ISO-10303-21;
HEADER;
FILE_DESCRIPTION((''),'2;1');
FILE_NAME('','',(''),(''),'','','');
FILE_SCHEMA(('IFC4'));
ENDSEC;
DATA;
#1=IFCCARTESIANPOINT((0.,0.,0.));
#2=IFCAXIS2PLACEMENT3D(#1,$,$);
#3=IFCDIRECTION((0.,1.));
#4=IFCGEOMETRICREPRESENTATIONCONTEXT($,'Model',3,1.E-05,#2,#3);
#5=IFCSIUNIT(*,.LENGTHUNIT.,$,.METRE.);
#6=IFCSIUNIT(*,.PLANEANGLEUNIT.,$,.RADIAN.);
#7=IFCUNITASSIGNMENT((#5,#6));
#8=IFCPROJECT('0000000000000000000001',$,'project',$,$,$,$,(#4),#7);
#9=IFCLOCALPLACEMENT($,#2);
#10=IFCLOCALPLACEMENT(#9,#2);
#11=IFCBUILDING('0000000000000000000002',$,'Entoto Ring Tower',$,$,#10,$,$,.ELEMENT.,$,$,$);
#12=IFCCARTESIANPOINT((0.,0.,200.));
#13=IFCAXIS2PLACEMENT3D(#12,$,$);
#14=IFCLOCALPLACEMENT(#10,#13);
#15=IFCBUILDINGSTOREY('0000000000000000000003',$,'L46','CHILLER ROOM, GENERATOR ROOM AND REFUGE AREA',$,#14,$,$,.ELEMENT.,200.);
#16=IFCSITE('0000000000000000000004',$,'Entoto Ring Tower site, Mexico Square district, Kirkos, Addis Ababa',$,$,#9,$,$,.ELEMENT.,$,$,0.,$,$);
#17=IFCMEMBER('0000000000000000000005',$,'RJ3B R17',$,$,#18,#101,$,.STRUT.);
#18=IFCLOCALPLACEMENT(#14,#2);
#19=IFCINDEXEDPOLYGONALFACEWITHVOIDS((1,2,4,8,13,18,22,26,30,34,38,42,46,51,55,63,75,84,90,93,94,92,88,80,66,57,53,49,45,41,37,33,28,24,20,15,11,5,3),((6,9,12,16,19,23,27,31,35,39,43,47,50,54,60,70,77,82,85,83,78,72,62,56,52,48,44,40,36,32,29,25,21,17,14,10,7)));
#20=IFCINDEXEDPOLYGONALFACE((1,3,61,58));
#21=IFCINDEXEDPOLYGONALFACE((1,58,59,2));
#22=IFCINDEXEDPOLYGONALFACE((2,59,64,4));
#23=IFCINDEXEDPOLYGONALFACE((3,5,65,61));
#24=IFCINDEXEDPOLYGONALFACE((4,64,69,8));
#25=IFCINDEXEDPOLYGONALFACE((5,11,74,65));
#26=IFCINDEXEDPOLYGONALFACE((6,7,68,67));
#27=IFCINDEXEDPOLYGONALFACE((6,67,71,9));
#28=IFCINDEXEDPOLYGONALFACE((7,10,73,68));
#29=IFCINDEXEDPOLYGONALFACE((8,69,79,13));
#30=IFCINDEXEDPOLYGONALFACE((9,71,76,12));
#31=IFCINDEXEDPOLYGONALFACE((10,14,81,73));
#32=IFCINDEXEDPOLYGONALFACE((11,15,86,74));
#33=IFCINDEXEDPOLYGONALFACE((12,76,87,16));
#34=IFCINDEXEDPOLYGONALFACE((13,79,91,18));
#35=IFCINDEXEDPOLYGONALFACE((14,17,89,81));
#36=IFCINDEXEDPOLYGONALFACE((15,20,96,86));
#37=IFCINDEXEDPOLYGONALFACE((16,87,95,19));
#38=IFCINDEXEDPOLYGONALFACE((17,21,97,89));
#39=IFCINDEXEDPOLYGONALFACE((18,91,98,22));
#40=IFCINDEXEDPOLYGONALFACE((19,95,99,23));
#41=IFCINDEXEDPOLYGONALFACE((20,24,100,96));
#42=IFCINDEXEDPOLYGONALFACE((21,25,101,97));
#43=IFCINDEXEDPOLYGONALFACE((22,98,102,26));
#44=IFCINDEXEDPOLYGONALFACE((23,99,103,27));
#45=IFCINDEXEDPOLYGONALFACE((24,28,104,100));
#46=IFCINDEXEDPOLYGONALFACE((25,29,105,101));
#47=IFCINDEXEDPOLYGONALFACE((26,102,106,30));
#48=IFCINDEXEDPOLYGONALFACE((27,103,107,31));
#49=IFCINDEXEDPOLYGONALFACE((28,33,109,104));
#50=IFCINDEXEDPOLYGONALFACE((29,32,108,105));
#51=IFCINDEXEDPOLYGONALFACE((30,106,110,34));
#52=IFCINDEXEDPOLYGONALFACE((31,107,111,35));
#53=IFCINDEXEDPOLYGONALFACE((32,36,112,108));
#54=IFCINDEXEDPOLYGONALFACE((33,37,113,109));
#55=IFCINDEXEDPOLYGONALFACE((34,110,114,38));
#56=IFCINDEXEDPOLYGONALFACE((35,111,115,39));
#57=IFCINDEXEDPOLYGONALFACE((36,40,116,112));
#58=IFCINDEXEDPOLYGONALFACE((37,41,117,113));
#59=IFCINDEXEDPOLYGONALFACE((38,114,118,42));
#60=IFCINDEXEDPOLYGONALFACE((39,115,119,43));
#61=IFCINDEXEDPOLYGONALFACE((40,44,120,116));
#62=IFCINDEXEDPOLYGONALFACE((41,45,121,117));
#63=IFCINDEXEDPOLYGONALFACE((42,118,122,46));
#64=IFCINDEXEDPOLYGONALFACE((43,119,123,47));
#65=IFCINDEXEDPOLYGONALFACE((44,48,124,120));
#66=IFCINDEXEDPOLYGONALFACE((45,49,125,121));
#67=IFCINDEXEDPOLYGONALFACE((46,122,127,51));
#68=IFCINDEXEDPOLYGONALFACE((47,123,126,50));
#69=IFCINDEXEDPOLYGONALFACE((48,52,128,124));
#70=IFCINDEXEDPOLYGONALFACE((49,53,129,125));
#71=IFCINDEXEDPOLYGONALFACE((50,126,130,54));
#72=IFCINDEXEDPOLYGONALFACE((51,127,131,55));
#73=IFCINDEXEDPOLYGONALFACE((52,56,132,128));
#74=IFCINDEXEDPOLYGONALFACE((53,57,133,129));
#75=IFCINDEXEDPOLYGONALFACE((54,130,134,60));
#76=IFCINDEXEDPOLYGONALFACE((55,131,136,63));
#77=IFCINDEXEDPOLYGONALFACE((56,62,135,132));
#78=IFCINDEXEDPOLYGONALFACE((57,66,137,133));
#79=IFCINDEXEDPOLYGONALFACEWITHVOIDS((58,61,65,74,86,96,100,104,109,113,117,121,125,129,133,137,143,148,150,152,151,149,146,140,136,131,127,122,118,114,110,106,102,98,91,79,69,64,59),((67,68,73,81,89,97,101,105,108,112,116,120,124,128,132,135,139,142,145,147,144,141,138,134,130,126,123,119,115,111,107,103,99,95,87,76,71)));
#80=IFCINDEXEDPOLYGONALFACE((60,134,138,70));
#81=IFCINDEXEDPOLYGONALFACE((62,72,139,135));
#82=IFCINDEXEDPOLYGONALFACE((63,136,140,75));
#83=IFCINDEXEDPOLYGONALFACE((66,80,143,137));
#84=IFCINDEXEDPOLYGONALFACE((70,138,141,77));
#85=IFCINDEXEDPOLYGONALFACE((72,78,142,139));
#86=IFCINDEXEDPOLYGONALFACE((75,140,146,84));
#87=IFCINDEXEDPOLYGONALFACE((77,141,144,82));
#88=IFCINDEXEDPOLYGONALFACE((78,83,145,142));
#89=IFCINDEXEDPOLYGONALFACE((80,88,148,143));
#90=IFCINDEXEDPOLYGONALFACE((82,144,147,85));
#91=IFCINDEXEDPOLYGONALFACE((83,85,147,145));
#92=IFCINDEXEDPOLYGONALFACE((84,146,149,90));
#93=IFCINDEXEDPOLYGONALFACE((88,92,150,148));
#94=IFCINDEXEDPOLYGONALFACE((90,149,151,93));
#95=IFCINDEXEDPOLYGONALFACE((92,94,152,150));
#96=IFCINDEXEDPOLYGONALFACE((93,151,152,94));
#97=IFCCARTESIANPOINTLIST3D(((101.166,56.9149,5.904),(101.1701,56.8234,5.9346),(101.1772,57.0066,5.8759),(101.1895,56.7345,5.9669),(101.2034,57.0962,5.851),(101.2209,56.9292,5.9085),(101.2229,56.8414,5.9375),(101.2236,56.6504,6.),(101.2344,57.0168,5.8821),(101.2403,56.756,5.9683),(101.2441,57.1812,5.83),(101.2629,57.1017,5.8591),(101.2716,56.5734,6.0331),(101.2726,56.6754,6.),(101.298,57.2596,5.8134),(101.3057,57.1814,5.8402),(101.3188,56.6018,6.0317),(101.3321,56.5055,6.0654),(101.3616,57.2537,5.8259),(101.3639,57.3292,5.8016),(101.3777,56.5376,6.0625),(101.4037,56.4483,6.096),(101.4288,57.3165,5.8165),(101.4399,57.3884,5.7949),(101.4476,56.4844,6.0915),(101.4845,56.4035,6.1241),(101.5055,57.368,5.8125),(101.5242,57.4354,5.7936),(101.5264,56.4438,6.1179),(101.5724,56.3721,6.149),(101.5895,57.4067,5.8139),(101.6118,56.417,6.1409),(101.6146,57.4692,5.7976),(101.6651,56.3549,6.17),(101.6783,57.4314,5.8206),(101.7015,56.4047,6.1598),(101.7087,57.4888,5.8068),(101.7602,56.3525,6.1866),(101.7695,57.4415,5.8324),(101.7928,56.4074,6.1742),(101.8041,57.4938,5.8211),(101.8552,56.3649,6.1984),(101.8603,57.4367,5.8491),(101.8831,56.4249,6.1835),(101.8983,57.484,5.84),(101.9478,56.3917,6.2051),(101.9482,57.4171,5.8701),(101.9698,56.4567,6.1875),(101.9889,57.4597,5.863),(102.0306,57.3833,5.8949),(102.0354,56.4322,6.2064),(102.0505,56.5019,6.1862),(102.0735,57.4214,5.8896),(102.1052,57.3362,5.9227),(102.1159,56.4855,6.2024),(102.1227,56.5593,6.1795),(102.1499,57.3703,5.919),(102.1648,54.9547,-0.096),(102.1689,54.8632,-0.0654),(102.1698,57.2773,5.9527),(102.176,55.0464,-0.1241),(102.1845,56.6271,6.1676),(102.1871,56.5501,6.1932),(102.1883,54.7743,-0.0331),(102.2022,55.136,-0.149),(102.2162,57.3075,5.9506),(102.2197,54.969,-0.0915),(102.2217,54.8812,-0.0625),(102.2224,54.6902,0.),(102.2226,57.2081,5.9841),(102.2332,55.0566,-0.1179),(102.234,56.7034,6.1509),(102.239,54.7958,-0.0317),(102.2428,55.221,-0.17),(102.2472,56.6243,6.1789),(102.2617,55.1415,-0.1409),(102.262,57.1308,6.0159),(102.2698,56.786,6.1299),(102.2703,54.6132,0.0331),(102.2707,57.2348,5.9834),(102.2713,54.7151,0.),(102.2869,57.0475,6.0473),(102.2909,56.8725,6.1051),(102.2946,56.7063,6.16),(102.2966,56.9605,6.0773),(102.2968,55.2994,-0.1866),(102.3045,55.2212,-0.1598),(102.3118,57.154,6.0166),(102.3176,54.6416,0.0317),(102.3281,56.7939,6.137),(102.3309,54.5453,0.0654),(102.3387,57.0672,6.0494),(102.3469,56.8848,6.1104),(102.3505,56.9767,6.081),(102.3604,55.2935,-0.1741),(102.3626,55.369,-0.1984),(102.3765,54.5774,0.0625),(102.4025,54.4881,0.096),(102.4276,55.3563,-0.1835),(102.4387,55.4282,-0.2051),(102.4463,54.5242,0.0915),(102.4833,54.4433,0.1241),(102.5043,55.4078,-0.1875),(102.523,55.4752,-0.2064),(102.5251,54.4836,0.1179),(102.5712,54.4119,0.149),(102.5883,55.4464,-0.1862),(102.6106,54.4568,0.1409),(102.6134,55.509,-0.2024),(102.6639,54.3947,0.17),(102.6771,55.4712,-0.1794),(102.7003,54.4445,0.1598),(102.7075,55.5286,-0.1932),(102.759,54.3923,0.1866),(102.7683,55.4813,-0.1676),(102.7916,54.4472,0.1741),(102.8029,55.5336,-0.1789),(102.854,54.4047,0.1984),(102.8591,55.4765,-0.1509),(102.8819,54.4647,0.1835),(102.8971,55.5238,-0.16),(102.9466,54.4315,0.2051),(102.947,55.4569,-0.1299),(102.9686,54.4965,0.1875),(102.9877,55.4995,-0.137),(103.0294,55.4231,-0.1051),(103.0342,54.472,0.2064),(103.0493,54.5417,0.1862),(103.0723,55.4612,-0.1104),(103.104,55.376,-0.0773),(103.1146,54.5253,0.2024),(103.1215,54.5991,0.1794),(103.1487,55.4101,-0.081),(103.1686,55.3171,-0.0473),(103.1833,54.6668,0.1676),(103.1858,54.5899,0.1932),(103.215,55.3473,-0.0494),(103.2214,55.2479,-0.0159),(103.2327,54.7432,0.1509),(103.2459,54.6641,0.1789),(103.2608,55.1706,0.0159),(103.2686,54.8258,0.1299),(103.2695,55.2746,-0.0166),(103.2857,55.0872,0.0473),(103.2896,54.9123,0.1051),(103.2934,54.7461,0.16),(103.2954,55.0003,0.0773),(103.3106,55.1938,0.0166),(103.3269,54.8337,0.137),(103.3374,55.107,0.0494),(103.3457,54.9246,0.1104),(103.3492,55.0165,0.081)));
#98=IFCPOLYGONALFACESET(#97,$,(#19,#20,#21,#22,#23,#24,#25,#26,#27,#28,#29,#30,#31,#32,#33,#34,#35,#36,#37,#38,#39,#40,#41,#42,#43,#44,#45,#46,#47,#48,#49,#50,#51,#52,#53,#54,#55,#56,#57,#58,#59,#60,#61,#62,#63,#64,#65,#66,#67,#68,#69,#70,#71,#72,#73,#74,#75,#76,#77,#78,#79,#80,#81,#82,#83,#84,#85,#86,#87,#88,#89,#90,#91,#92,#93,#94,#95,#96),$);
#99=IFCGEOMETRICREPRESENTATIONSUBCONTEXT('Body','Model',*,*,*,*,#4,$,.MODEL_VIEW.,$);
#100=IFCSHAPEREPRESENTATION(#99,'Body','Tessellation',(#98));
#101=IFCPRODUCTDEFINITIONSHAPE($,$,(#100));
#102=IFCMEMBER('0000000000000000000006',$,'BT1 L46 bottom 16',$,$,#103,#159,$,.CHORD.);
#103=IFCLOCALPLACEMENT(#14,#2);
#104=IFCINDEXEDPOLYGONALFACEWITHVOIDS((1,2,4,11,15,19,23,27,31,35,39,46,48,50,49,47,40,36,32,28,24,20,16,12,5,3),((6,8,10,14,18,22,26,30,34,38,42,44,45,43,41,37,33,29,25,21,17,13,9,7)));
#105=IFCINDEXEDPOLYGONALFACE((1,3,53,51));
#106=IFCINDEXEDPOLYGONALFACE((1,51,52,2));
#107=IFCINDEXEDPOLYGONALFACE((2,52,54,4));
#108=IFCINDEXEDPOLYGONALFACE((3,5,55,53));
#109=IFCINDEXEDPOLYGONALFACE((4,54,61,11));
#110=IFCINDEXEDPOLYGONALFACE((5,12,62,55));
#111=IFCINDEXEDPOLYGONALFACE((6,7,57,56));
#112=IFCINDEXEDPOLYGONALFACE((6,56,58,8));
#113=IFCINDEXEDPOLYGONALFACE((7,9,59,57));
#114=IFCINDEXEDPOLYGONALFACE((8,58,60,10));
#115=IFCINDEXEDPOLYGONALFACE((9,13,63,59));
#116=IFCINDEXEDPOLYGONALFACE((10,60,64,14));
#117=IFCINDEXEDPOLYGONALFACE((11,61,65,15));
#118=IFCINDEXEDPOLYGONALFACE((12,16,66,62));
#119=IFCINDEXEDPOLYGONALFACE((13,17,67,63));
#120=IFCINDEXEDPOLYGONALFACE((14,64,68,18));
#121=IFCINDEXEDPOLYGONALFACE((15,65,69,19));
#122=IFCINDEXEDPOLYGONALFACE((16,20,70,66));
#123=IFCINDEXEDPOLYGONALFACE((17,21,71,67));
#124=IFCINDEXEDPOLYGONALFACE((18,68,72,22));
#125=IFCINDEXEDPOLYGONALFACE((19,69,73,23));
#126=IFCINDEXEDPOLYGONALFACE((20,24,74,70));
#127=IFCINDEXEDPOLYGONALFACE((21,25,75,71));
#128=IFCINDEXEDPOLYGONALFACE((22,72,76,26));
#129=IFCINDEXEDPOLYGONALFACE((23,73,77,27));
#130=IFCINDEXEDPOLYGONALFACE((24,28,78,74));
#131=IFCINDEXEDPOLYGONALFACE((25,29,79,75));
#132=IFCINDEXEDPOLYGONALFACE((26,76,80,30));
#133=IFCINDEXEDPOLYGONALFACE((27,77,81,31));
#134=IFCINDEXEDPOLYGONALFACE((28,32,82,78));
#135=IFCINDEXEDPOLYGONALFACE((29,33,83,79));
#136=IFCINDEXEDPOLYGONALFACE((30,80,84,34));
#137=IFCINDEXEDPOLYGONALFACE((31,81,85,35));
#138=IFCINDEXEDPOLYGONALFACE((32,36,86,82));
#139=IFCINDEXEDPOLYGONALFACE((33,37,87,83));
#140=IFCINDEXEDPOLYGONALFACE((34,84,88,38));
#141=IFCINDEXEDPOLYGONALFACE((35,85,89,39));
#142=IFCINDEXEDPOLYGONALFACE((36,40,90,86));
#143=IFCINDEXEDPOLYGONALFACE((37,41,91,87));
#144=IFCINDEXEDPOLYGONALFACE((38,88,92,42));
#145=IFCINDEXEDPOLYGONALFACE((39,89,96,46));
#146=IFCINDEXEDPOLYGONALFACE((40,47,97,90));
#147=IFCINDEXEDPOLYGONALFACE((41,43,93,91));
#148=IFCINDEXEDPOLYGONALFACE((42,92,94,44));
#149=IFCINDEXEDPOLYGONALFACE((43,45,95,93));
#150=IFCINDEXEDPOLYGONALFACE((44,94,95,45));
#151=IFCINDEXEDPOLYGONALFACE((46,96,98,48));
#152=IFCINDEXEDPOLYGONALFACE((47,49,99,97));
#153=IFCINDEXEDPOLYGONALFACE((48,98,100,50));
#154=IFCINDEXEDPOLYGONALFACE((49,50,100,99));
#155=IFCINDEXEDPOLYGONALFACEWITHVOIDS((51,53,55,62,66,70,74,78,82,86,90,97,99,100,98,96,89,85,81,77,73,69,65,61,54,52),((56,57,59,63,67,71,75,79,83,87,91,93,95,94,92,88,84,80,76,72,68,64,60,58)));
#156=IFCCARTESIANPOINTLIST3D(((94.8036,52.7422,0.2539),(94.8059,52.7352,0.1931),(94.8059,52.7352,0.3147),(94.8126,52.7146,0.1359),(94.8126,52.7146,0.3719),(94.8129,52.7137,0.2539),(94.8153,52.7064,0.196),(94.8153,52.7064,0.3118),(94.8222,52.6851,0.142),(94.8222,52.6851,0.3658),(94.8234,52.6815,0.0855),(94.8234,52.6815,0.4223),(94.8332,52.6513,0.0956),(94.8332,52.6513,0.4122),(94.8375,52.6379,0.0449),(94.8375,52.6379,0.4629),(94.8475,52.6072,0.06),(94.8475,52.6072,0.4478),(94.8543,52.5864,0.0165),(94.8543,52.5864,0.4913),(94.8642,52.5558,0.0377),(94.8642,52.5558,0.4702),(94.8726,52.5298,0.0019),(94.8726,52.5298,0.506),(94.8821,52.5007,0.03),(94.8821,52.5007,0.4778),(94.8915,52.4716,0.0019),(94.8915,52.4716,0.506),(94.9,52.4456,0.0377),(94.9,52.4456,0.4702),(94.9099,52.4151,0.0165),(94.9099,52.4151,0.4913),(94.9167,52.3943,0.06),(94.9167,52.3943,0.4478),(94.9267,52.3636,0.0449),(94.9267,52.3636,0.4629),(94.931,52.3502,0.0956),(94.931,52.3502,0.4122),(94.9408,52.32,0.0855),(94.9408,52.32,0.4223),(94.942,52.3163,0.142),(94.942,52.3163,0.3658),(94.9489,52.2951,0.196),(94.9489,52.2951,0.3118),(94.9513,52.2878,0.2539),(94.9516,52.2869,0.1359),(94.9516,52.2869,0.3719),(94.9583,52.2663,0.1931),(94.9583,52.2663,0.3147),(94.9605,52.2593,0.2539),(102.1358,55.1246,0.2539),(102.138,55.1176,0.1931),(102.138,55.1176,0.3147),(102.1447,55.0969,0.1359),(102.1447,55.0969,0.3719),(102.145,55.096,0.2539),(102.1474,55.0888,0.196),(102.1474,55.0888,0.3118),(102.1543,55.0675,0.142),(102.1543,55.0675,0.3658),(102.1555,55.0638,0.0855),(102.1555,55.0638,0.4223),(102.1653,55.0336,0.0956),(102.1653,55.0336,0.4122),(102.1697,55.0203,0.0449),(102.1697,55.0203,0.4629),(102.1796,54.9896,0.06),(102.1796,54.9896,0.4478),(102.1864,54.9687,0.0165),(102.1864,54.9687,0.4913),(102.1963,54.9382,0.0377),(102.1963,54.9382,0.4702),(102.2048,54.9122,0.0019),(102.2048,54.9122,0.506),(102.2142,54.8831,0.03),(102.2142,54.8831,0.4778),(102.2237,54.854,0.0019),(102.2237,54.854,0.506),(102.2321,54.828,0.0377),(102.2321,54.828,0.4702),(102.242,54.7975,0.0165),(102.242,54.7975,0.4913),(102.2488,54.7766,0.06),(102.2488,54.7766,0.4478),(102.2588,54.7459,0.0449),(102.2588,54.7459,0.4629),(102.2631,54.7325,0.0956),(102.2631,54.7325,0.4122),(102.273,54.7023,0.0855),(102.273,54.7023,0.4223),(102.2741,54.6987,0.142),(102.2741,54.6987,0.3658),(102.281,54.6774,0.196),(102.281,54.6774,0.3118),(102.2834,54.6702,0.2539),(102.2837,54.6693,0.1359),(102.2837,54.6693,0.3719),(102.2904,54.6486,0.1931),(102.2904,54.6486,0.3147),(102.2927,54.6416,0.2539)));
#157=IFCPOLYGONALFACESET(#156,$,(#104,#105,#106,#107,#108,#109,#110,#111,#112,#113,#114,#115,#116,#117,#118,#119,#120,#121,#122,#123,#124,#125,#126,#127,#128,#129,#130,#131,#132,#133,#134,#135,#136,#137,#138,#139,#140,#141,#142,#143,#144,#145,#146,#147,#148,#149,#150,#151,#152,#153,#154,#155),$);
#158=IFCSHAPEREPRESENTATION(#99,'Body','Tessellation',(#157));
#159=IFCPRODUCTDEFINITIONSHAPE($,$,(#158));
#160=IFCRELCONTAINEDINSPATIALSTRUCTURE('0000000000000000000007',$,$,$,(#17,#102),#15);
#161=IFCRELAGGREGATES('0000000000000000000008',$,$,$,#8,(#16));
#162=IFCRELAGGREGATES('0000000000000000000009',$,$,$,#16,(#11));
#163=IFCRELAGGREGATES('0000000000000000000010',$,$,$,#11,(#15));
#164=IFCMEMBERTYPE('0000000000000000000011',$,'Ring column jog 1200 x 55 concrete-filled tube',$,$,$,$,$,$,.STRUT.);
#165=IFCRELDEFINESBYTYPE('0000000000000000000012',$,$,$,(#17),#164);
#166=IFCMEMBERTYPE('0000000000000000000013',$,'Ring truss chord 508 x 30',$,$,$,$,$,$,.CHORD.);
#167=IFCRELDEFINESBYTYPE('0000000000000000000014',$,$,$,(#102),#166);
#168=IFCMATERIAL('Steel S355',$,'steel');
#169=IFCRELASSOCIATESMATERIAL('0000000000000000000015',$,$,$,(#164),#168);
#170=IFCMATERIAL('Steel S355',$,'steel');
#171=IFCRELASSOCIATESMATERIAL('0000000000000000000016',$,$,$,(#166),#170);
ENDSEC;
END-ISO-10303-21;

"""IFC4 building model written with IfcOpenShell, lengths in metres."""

from ifc_helpers import new_model, si_unit, direction, frame, origin, origin_2d, place, context, subcontext, project, spatial, circle, hollow_circle, extrude, material, material_profile, profile_set, type_object, element, save


model = new_model("IFC4")

# Units and contexts
model_context = context("Model", 3, precision=1e-05, world=origin(), true_north=direction((0.0, 1.0)))
body_context = subcontext(model_context, "Body", "Model", "MODEL_VIEW")
ifc_project = project(units=[si_unit("LENGTHUNIT", "METRE"), si_unit("PLANEANGLEUNIT", "RADIAN")], contexts=[model_context])

# Site, building, storey
site_placement = place(None, origin())
site = spatial("IfcSite", under=ifc_project, at=site_placement, Name="Entoto Ring Tower site, Mexico Square district, Kirkos, Addis Ababa", CompositionType="ELEMENT", RefElevation=0.0)
building_placement = place(site_placement, origin())
building = spatial("IfcBuilding", under=site, at=building_placement, Name="Entoto Ring Tower", CompositionType="ELEMENT")
storey_placement = place(building_placement, frame((0.0, 0.0, 200.0)))
storey = spatial("IfcBuildingStorey", under=building, at=storey_placement, Name="L46", Description="CHILLER ROOM, GENERATOR ROOM AND REFUGE AREA", CompositionType="ELEMENT", Elevation=200.0)

# Members
ifc_material_1 = material(Name="Steel S355", Category="steel")
ifc_material_profile_1 = material_profile(ifc_material_1, hollow_circle(Radius=0.6001, WallThickness=0.0549, at=origin_2d()), Name="CHS 1200 x 55")
ifc_material_2 = material(Name="Concrete C60/75", Category="concrete")
ifc_material_profile_2 = material_profile(ifc_material_2, circle(Radius=0.5449, at=origin_2d()), Name="Concrete C60/75 infill")
ifc_profile_set_1 = profile_set([ifc_material_profile_1, ifc_material_profile_2], Name="Steel S355")
member_type_1 = type_object("IfcMemberType", Name="Ring column jog 1200 x 55 concrete-filled tube", PredefinedType="STRUT", material=ifc_profile_set_1)
for number, where, z_axis, x_axis, name in (
    (1, (102.7571, 54.9626, 0.0), (-0.156288, 0.306732, 0.938877), (-0.891006, -0.453992, 0.0), "RJ3B R17"),
):
    element("IfcMember", number, at=place(storey_placement, frame(where, z_axis=z_axis, x_axis=x_axis)), inside=storey, type_object=member_type_1, Name=name, PredefinedType="STRUT", context=body_context, shape_type="SweptSolid", body=[
        extrude(hollow_circle(Radius=0.6001, WallThickness=0.0549, at=origin_2d()), origin(), (0.0, 0.0, 1.0), 6.3906),
    ])
ifc_material_3 = material(Name="Steel S355", Category="steel")
ifc_material_profile_3 = material_profile(ifc_material_3, hollow_circle(Radius=0.2539, WallThickness=0.03, at=origin_2d()), Name="CHS 508 x 30")
ifc_material_4 = material(Name="Concrete C60/75", Category="concrete")
ifc_material_profile_4 = material_profile(ifc_material_4, circle(Radius=0.2241, at=origin_2d()), Name="Concrete C60/75 infill")
ifc_profile_set_2 = profile_set([ifc_material_profile_3, ifc_material_profile_4], Name="Steel S355")
member_type_2 = type_object("IfcMemberType", Name="Ring truss chord 508 x 30", PredefinedType="CHORD", material=ifc_profile_set_2)
member_1_placement = place(storey_placement, frame((94.8821, 52.5007, 0.2539), z_axis=(0.951056, 0.309017, 0.0), x_axis=(-0.309017, 0.951056, 0.0)))
element("IfcMember", 2, at=member_1_placement, inside=storey, type_object=member_type_2, Name="BT1 L46 bottom 16", PredefinedType="CHORD", context=body_context, shape_type="SweptSolid", body=[
    extrude(hollow_circle(Radius=0.2539, WallThickness=0.03, at=origin_2d()), origin(), (0.0, 0.0, 1.0), 7.7095),
])

save(model, "model.ifc")
